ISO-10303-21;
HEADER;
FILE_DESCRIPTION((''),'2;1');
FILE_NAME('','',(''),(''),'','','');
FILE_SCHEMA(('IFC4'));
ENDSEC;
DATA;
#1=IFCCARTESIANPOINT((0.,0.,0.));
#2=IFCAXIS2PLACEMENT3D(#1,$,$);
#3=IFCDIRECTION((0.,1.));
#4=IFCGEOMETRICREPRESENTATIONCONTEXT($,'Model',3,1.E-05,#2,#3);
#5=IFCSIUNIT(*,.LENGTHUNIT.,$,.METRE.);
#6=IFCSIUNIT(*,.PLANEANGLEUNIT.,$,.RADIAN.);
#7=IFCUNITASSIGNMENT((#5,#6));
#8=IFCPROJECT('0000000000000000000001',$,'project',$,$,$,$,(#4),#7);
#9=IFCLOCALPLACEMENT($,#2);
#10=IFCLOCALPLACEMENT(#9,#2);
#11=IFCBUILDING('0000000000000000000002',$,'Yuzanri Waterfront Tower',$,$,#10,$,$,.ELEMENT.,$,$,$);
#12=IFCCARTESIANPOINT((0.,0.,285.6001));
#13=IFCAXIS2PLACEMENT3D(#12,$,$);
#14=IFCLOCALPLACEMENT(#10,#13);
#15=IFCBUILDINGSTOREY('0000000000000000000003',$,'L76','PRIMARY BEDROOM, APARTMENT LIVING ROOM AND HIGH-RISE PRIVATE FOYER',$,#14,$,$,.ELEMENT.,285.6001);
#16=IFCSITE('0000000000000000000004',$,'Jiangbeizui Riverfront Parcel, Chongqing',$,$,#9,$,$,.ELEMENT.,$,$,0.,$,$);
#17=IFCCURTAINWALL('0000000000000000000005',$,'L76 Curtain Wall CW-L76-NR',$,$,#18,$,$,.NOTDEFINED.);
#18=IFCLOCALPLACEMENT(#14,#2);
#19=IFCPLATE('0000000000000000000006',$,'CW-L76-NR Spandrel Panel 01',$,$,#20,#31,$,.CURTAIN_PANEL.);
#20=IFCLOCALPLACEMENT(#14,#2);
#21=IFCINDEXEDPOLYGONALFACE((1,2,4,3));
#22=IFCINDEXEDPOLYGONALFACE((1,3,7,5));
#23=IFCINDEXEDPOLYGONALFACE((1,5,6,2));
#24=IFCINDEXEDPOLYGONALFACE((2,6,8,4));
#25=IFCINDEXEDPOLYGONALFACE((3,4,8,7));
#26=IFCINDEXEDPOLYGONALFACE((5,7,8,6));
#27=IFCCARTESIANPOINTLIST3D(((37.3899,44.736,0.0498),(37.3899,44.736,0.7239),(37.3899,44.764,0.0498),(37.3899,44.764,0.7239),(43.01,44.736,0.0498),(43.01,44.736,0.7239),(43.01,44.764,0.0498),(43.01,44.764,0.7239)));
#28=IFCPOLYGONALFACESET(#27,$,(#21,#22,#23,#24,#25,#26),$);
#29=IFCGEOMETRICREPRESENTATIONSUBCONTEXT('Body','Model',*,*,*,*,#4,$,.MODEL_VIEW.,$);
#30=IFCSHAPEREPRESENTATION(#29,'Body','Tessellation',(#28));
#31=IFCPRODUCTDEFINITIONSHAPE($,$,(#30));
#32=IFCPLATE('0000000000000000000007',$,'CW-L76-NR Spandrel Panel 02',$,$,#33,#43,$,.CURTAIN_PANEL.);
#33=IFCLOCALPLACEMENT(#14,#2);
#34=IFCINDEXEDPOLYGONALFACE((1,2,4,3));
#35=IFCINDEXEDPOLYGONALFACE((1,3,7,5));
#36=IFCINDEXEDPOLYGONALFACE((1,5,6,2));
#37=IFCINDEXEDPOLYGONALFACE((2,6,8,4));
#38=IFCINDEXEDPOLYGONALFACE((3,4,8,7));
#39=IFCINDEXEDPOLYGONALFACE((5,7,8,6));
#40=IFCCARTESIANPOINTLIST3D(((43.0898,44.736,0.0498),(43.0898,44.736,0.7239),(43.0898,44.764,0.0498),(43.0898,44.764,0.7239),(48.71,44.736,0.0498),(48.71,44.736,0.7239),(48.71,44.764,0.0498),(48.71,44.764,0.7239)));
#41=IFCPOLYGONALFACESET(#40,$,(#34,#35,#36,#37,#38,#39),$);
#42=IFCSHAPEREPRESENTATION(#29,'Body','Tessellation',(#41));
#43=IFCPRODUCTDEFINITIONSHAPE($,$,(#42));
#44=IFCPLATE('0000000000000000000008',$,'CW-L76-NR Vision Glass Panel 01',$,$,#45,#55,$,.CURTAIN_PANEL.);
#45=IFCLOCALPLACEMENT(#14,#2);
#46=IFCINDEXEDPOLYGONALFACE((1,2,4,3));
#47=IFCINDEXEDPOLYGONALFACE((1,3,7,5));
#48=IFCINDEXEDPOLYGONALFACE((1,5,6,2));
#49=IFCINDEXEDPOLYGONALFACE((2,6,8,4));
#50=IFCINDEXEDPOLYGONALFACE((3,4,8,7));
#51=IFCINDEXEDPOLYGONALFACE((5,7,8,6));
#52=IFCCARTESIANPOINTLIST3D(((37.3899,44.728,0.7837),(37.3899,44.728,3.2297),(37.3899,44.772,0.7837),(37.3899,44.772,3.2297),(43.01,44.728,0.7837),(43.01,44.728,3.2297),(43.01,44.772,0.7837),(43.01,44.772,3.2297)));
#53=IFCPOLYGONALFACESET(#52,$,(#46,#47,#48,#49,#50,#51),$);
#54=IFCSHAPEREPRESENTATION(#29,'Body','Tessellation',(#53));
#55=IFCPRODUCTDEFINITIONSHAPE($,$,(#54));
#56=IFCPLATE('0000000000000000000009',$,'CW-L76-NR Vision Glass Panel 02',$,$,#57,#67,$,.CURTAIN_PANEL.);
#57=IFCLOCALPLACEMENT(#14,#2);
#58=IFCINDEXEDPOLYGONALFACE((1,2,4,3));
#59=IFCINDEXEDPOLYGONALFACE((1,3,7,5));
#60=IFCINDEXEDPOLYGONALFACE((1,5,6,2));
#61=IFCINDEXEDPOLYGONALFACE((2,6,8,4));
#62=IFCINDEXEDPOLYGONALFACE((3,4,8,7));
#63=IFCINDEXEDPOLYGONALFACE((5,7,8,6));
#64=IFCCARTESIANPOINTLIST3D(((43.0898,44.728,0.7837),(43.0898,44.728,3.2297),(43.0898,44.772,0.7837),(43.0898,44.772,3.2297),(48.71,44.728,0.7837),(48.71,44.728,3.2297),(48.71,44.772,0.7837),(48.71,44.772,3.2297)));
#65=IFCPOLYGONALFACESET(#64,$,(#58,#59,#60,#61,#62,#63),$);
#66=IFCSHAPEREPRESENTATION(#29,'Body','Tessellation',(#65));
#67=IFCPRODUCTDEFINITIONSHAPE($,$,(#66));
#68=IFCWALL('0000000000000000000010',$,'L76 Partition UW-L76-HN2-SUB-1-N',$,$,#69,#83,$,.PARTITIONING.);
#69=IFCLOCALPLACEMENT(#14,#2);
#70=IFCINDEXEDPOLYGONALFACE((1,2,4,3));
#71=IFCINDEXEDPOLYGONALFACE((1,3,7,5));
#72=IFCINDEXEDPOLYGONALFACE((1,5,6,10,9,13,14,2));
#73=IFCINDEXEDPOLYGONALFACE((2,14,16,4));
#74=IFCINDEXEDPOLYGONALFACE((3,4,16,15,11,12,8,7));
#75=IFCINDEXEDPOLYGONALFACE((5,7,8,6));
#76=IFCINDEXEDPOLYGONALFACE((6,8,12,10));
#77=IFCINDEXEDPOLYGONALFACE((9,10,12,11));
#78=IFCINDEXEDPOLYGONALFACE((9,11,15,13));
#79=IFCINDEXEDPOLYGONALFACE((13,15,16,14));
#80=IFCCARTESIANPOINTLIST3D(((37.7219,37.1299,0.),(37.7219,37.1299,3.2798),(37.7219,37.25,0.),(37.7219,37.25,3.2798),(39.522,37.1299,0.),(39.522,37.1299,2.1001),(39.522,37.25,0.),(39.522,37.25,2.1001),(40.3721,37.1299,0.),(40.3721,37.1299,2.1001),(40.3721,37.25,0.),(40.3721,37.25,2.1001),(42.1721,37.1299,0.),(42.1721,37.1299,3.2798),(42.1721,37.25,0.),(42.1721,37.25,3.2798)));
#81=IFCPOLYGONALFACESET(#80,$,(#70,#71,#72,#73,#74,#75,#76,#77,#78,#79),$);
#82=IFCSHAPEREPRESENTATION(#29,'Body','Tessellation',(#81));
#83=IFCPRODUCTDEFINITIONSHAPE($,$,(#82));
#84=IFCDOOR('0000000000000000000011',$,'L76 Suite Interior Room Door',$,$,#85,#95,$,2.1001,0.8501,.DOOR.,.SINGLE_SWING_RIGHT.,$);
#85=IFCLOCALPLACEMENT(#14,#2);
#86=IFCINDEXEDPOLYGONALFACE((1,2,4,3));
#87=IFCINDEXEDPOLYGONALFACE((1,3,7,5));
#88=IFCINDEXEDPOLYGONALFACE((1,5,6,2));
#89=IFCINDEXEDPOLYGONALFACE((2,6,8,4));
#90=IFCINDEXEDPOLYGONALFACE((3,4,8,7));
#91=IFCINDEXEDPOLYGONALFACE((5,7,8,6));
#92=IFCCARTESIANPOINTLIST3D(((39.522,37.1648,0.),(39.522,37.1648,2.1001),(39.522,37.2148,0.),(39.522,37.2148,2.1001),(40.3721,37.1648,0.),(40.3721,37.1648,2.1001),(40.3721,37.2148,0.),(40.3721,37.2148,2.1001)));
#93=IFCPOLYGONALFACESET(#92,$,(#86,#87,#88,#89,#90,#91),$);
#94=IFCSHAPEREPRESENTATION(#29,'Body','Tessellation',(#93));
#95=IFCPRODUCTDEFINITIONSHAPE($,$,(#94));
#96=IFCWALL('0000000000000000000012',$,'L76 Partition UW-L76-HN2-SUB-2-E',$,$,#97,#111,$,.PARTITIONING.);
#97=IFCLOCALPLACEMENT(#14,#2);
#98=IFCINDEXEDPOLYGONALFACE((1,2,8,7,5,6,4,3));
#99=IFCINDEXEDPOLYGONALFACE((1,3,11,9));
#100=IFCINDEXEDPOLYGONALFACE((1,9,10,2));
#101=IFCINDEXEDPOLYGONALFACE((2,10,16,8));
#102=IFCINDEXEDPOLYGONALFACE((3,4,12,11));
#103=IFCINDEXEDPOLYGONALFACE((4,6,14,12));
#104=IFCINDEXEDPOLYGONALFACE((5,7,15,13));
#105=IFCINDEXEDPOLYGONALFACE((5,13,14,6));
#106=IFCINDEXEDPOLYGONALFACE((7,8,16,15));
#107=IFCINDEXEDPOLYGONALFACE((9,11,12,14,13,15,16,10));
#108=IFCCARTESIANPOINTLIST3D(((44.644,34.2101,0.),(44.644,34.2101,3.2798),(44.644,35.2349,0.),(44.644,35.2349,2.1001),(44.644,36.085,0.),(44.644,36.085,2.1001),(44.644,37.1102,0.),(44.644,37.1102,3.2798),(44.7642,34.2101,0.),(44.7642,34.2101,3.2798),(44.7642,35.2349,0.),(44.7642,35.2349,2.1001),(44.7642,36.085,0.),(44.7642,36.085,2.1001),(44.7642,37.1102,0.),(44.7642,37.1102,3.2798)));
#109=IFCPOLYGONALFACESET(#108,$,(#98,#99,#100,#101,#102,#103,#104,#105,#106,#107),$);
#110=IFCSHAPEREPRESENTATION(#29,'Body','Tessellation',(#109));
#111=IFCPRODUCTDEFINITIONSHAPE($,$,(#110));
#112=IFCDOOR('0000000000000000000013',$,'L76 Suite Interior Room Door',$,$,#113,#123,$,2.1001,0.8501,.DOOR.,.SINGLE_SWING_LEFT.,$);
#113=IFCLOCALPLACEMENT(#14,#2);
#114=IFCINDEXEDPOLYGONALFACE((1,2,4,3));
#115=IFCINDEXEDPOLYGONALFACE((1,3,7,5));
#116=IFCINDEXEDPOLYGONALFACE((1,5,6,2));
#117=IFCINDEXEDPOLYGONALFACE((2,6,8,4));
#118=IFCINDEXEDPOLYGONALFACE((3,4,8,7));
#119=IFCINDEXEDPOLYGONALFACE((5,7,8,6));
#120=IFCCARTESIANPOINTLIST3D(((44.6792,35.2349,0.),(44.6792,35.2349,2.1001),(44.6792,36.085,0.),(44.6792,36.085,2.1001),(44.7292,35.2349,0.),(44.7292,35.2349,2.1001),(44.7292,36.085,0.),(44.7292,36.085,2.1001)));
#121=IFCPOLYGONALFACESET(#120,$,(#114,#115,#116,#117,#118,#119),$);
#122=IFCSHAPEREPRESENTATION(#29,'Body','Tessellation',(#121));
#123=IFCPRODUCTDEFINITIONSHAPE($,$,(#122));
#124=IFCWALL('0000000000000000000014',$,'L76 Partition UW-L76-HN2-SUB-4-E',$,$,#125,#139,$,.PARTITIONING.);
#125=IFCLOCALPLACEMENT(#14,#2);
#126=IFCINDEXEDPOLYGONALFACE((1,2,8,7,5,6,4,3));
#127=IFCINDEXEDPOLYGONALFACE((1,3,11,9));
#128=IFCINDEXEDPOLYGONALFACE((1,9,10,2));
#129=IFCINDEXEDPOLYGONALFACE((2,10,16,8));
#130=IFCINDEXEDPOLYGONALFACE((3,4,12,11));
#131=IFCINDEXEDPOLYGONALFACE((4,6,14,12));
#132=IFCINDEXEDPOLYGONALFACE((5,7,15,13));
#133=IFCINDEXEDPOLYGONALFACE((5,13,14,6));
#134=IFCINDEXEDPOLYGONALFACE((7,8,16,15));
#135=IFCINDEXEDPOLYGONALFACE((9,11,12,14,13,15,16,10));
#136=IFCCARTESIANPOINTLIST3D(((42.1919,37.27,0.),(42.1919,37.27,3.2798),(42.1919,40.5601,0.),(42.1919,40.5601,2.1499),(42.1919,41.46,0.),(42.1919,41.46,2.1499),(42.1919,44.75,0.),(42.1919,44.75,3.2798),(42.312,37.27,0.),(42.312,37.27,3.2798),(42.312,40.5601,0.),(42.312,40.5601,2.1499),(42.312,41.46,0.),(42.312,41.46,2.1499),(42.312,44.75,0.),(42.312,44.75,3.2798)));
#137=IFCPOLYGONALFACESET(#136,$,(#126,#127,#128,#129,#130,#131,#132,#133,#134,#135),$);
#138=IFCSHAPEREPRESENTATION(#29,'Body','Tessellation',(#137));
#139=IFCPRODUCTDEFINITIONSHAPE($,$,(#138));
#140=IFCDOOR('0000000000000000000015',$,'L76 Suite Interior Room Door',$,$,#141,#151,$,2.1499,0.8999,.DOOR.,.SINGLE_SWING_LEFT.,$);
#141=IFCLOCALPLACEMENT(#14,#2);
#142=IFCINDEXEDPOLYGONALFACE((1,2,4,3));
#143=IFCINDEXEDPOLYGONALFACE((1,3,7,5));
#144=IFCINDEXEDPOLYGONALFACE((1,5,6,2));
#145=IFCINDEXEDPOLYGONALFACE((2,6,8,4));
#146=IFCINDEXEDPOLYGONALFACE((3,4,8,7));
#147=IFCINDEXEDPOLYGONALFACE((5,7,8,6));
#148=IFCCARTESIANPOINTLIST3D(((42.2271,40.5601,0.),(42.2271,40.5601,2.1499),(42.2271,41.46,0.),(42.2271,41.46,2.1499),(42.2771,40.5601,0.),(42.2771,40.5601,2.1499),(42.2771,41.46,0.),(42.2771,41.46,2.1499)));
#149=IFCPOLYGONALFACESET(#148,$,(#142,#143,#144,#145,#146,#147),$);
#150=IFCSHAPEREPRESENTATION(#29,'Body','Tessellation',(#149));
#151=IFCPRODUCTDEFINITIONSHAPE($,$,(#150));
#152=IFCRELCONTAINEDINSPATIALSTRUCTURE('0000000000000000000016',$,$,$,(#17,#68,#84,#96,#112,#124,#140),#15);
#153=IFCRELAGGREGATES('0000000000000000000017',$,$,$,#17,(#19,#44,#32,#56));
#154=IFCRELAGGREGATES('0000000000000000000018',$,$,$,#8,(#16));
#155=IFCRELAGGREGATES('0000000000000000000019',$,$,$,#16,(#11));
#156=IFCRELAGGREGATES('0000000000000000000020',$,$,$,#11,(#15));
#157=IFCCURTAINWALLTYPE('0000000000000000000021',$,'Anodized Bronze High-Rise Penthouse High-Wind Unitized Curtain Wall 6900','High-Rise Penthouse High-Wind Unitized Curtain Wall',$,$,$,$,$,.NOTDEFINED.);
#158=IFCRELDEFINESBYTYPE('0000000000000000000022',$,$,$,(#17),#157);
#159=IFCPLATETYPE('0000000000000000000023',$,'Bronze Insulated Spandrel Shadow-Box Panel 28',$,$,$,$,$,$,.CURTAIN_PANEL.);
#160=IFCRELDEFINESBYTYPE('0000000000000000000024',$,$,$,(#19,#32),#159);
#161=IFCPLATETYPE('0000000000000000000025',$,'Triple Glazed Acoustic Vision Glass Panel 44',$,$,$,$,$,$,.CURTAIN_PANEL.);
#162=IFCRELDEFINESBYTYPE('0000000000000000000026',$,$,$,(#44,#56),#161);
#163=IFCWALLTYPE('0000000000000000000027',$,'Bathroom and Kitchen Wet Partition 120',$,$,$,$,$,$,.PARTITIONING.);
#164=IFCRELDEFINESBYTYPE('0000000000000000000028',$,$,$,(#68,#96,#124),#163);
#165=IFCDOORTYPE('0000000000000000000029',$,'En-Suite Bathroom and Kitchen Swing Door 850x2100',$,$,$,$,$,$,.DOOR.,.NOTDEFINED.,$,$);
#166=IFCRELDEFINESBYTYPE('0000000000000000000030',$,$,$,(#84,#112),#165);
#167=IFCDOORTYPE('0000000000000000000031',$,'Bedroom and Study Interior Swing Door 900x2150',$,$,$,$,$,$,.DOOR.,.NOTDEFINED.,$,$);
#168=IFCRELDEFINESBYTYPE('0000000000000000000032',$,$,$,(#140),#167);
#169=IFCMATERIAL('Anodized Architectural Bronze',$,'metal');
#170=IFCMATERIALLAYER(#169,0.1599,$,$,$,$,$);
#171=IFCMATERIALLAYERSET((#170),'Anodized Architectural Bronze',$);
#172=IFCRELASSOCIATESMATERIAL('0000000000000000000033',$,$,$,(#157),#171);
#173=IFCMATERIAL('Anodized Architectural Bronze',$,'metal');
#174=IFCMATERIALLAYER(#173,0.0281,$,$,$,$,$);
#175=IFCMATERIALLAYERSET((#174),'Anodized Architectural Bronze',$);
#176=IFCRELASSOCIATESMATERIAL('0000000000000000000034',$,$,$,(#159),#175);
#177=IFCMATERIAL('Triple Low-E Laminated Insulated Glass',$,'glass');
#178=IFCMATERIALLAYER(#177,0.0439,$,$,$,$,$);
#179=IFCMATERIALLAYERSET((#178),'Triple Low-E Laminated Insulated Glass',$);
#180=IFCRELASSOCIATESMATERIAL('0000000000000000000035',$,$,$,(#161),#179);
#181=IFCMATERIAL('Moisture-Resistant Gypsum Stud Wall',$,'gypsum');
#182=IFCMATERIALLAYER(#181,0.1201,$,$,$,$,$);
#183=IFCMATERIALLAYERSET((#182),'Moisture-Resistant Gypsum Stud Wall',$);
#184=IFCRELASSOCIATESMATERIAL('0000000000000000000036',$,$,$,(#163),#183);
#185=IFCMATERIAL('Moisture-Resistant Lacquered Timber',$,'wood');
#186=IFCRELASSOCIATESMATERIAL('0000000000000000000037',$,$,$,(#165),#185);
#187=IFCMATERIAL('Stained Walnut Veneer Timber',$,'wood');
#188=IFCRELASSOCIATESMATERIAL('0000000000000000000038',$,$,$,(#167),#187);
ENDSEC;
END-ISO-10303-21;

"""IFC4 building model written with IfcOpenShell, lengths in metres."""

from ifc_helpers import new_model, si_unit, direction, frame, frame_2d, origin, origin_2d, place, context, subcontext, project, spatial, rectangle, extrude, source, transform, mapped, material, layer, layer_set, type_object, element, fill, aggregate, save


model = new_model("IFC4")

# Units and contexts
model_context = context("Model", 3, precision=1e-05, world=origin(), true_north=direction((0.0, 1.0)))
body_context = subcontext(model_context, "Body", "Model", "MODEL_VIEW")
ifc_project = project(units=[si_unit("LENGTHUNIT", "METRE"), si_unit("PLANEANGLEUNIT", "RADIAN")], contexts=[model_context])

# Site, building, storey
site_placement = place(None, origin())
site = spatial("IfcSite", under=ifc_project, at=site_placement, Name="Jiangbeizui Riverfront Parcel, Chongqing", CompositionType="ELEMENT", RefElevation=0.0)
building_placement = place(site_placement, origin())
building = spatial("IfcBuilding", under=site, at=building_placement, Name="Yuzanri Waterfront Tower", CompositionType="ELEMENT")
storey_placement = place(building_placement, frame((0.0, 0.0, 285.6001)))
storey = spatial("IfcBuildingStorey", under=building, at=storey_placement, Name="L76", Description="PRIMARY BEDROOM, APARTMENT LIVING ROOM AND HIGH-RISE PRIVATE FOYER", CompositionType="ELEMENT", Elevation=285.6001)

# Curtain wall, plates
ifc_material_1 = material(Name="Anodized Architectural Bronze", Category="metal")
ifc_layer_1 = layer(ifc_material_1, 0.1599)
ifc_layer_set_1 = layer_set([ifc_layer_1], Name="Anodized Architectural Bronze")
curtain_wall_type = type_object("IfcCurtainWallType", Name="Anodized Bronze High-Rise Penthouse High-Wind Unitized Curtain Wall 6900", Description="High-Rise Penthouse High-Wind Unitized Curtain Wall", PredefinedType="NOTDEFINED", material=ifc_layer_set_1)
curtain_wall_placement = place(storey_placement, origin())
curtain_wall = element("IfcCurtainWall", 1, at=curtain_wall_placement, inside=storey, type_object=curtain_wall_type, Name="L76 Curtain Wall CW-L76-NR", PredefinedType="NOTDEFINED")
ifc_material_2 = material(Name="Anodized Architectural Bronze", Category="metal")
ifc_layer_2 = layer(ifc_material_2, 0.0281)
ifc_layer_set_2 = layer_set([ifc_layer_2], Name="Anodized Architectural Bronze")
plate_type_1 = type_object("IfcPlateType", Name="Bronze Insulated Spandrel Shadow-Box Panel 28", PredefinedType="CURTAIN_PANEL", material=ifc_layer_set_2)
shared_shape_1 = source(origin(), body_context, "Body", "SweptSolid", [
    extrude(rectangle(XDim=5.6201, YDim=0.0281, at=origin_2d()), origin(), (0.0, 0.0, 1.0), 0.6741),
])
plate_1_placement = place(storey_placement, frame((40.2, 44.75, 0.0498), z_axis=(0.0, 0.0, 1.0), x_axis=(1.0, 0.0, 0.0)))
plate_1 = element("IfcPlate", 2, at=plate_1_placement, type_object=plate_type_1, Name="CW-L76-NR Spandrel Panel 01", PredefinedType="CURTAIN_PANEL", context=body_context, shape_type="MappedRepresentation", body=[
    mapped(shared_shape_1, transform((0.0, 0.0, 0.0), scale=1.0)),
])
plate_2_placement = place(storey_placement, frame((45.8999, 44.75, 0.0498), z_axis=(0.0, 0.0, 1.0), x_axis=(1.0, 0.0, 0.0)))
plate_2 = element("IfcPlate", 3, at=plate_2_placement, type_object=plate_type_1, Name="CW-L76-NR Spandrel Panel 02", PredefinedType="CURTAIN_PANEL", context=body_context, shape_type="MappedRepresentation", body=[
    mapped(shared_shape_1, transform((0.0, 0.0, 0.0), scale=1.0)),
])
ifc_material_3 = material(Name="Triple Low-E Laminated Insulated Glass", Category="glass")
ifc_layer_3 = layer(ifc_material_3, 0.0439)
ifc_layer_set_3 = layer_set([ifc_layer_3], Name="Triple Low-E Laminated Insulated Glass")
plate_type_2 = type_object("IfcPlateType", Name="Triple Glazed Acoustic Vision Glass Panel 44", PredefinedType="CURTAIN_PANEL", material=ifc_layer_set_3)
shared_shape_2 = source(origin(), body_context, "Body", "SweptSolid", [
    extrude(rectangle(XDim=5.6201, YDim=0.0439, at=origin_2d()), origin(), (0.0, 0.0, 1.0), 2.446),
])
plate_3_placement = place(storey_placement, frame((40.2, 44.75, 0.7837), z_axis=(0.0, 0.0, 1.0), x_axis=(1.0, 0.0, 0.0)))
plate_3 = element("IfcPlate", 4, at=plate_3_placement, type_object=plate_type_2, Name="CW-L76-NR Vision Glass Panel 01", PredefinedType="CURTAIN_PANEL", context=body_context, shape_type="MappedRepresentation", body=[
    mapped(shared_shape_2, transform((0.0, 0.0, 0.0), scale=1.0)),
])
plate_4_placement = place(storey_placement, frame((45.8999, 44.75, 0.7837), z_axis=(0.0, 0.0, 1.0), x_axis=(1.0, 0.0, 0.0)))
plate_4 = element("IfcPlate", 5, at=plate_4_placement, type_object=plate_type_2, Name="CW-L76-NR Vision Glass Panel 02", PredefinedType="CURTAIN_PANEL", context=body_context, shape_type="MappedRepresentation", body=[
    mapped(shared_shape_2, transform((0.0, 0.0, 0.0), scale=1.0)),
])
aggregate(curtain_wall, [plate_1, plate_3, plate_2, plate_4])

# Walls, openings, doors
ifc_material_4 = material(Name="Moisture-Resistant Gypsum Stud Wall", Category="gypsum")
ifc_layer_4 = layer(ifc_material_4, 0.1201)
ifc_layer_set_4 = layer_set([ifc_layer_4], Name="Moisture-Resistant Gypsum Stud Wall")
wall_type_1 = type_object("IfcWallType", Name="Bathroom and Kitchen Wet Partition 120", PredefinedType="PARTITIONING", material=ifc_layer_set_4)
wall_1_placement = place(storey_placement, frame((37.7219, 37.1899, 0.0), z_axis=(0.0, 0.0, 1.0), x_axis=(1.0, 0.0, 0.0)))
wall_1 = element("IfcWall", 6, at=wall_1_placement, inside=storey, type_object=wall_type_1, Name="L76 Partition UW-L76-HN2-SUB-1-N", PredefinedType="PARTITIONING", context=body_context, shape_type="SweptSolid", body=[
    extrude(rectangle(XDim=4.4502, YDim=0.1201, at=frame_2d((2.2251, 0.0))), origin(), (0.0, 0.0, 1.0), 3.2798),
])
opening_1_placement = place(wall_1_placement, frame((1.8, 0.0, 0.0)))
opening_1 = element("IfcOpeningElement", 7, at=opening_1_placement, cuts=wall_1, PredefinedType="OPENING", context=body_context, shape_type="SweptSolid", body=[
    extrude(rectangle(XDim=0.8501, YDim=2.1001, at=frame_2d((0.425, 1.05))), frame((0.0, 0.075, 0.0), z_axis=(0.0, -1.0, 0.0), x_axis=(1.0, 0.0, 0.0)), (0.0, 0.0, 1.0), 0.1499),
])
ifc_material_5 = material(Name="Moisture-Resistant Lacquered Timber", Category="wood")
door_type_1 = type_object("IfcDoorType", Name="En-Suite Bathroom and Kitchen Swing Door 850x2100", OperationType="NOTDEFINED", PredefinedType="DOOR", material=ifc_material_5)
shared_shape_3 = source(origin(), body_context, "Body", "SweptSolid", [
    extrude(rectangle(XDim=0.8501, YDim=2.1001, at=frame_2d((0.425, 1.05))), frame((0.0, 0.0249, 0.0), z_axis=(0.0, -1.0, 0.0), x_axis=(1.0, 0.0, 0.0)), (0.0, 0.0, 1.0), 0.05),
])
door_1_placement = place(opening_1_placement, origin())
door_1 = element("IfcDoor", 8, at=door_1_placement, inside=storey, type_object=door_type_1, Name="L76 Suite Interior Room Door", OperationType="SINGLE_SWING_RIGHT", OverallHeight=2.1001, OverallWidth=0.8501, PredefinedType="DOOR", context=body_context, shape_type="MappedRepresentation", body=[
    mapped(shared_shape_3, transform((0.0, 0.0, 0.0), scale=1.0)),
])
fill(opening_1, door_1)
wall_2_placement = place(storey_placement, frame((44.7041, 34.21, 0.0), z_axis=(0.0, 0.0, 1.0), x_axis=(0.0, 1.0, 0.0)))
wall_2 = element("IfcWall", 9, at=wall_2_placement, inside=storey, type_object=wall_type_1, Name="L76 Partition UW-L76-HN2-SUB-2-E", PredefinedType="PARTITIONING", context=body_context, shape_type="SweptSolid", body=[
    extrude(rectangle(XDim=2.9001, YDim=0.1201, at=frame_2d((1.4502, 0.0))), origin(), (0.0, 0.0, 1.0), 3.2798),
])
opening_2_placement = place(wall_2_placement, frame((1.0249, 0.0, 0.0)))
opening_2 = element("IfcOpeningElement", 10, at=opening_2_placement, cuts=wall_2, PredefinedType="OPENING", context=body_context, shape_type="SweptSolid", body=[
    extrude(rectangle(XDim=0.8501, YDim=2.1001, at=frame_2d((0.425, 1.05))), frame((0.0, 0.075, 0.0), z_axis=(0.0, -1.0, 0.0), x_axis=(1.0, 0.0, 0.0)), (0.0, 0.0, 1.0), 0.1499),
])
door_2_placement = place(opening_2_placement, origin())
door_2 = element("IfcDoor", 11, at=door_2_placement, inside=storey, type_object=door_type_1, Name="L76 Suite Interior Room Door", OperationType="SINGLE_SWING_LEFT", OverallHeight=2.1001, OverallWidth=0.8501, PredefinedType="DOOR", context=body_context, shape_type="MappedRepresentation", body=[
    mapped(shared_shape_3, transform((0.0, 0.0, 0.0), scale=1.0)),
])
fill(opening_2, door_2)
wall_3_placement = place(storey_placement, frame((42.252, 37.27, 0.0), z_axis=(0.0, 0.0, 1.0), x_axis=(0.0, 1.0, 0.0)))
wall_3 = element("IfcWall", 12, at=wall_3_placement, inside=storey, type_object=wall_type_1, Name="L76 Partition UW-L76-HN2-SUB-4-E", PredefinedType="PARTITIONING", context=body_context, shape_type="SweptSolid", body=[
    extrude(rectangle(XDim=7.48, YDim=0.1201, at=frame_2d((3.74, 0.0))), origin(), (0.0, 0.0, 1.0), 3.2798),
])
opening_3_placement = place(wall_3_placement, frame((3.29, 0.0, 0.0)))
opening_3 = element("IfcOpeningElement", 13, at=opening_3_placement, cuts=wall_3, PredefinedType="OPENING", context=body_context, shape_type="SweptSolid", body=[
    extrude(rectangle(XDim=0.8999, YDim=2.1499, at=frame_2d((0.45, 1.075))), frame((0.0, 0.075, 0.0), z_axis=(0.0, -1.0, 0.0), x_axis=(1.0, 0.0, 0.0)), (0.0, 0.0, 1.0), 0.1499),
])
ifc_material_6 = material(Name="Stained Walnut Veneer Timber", Category="wood")
door_type_2 = type_object("IfcDoorType", Name="Bedroom and Study Interior Swing Door 900x2150", OperationType="NOTDEFINED", PredefinedType="DOOR", material=ifc_material_6)
shared_shape_4 = source(origin(), body_context, "Body", "SweptSolid", [
    extrude(rectangle(XDim=0.8999, YDim=2.1499, at=frame_2d((0.45, 1.075))), frame((0.0, 0.0249, 0.0), z_axis=(0.0, -1.0, 0.0), x_axis=(1.0, 0.0, 0.0)), (0.0, 0.0, 1.0), 0.05),
])
door_3_placement = place(opening_3_placement, origin())
door_3 = element("IfcDoor", 14, at=door_3_placement, inside=storey, type_object=door_type_2, Name="L76 Suite Interior Room Door", OperationType="SINGLE_SWING_LEFT", OverallHeight=2.1499, OverallWidth=0.8999, PredefinedType="DOOR", context=body_context, shape_type="MappedRepresentation", body=[
    mapped(shared_shape_4, transform((0.0, 0.0, 0.0), scale=1.0)),
])
fill(opening_3, door_3)

save(model, "model.ifc")
